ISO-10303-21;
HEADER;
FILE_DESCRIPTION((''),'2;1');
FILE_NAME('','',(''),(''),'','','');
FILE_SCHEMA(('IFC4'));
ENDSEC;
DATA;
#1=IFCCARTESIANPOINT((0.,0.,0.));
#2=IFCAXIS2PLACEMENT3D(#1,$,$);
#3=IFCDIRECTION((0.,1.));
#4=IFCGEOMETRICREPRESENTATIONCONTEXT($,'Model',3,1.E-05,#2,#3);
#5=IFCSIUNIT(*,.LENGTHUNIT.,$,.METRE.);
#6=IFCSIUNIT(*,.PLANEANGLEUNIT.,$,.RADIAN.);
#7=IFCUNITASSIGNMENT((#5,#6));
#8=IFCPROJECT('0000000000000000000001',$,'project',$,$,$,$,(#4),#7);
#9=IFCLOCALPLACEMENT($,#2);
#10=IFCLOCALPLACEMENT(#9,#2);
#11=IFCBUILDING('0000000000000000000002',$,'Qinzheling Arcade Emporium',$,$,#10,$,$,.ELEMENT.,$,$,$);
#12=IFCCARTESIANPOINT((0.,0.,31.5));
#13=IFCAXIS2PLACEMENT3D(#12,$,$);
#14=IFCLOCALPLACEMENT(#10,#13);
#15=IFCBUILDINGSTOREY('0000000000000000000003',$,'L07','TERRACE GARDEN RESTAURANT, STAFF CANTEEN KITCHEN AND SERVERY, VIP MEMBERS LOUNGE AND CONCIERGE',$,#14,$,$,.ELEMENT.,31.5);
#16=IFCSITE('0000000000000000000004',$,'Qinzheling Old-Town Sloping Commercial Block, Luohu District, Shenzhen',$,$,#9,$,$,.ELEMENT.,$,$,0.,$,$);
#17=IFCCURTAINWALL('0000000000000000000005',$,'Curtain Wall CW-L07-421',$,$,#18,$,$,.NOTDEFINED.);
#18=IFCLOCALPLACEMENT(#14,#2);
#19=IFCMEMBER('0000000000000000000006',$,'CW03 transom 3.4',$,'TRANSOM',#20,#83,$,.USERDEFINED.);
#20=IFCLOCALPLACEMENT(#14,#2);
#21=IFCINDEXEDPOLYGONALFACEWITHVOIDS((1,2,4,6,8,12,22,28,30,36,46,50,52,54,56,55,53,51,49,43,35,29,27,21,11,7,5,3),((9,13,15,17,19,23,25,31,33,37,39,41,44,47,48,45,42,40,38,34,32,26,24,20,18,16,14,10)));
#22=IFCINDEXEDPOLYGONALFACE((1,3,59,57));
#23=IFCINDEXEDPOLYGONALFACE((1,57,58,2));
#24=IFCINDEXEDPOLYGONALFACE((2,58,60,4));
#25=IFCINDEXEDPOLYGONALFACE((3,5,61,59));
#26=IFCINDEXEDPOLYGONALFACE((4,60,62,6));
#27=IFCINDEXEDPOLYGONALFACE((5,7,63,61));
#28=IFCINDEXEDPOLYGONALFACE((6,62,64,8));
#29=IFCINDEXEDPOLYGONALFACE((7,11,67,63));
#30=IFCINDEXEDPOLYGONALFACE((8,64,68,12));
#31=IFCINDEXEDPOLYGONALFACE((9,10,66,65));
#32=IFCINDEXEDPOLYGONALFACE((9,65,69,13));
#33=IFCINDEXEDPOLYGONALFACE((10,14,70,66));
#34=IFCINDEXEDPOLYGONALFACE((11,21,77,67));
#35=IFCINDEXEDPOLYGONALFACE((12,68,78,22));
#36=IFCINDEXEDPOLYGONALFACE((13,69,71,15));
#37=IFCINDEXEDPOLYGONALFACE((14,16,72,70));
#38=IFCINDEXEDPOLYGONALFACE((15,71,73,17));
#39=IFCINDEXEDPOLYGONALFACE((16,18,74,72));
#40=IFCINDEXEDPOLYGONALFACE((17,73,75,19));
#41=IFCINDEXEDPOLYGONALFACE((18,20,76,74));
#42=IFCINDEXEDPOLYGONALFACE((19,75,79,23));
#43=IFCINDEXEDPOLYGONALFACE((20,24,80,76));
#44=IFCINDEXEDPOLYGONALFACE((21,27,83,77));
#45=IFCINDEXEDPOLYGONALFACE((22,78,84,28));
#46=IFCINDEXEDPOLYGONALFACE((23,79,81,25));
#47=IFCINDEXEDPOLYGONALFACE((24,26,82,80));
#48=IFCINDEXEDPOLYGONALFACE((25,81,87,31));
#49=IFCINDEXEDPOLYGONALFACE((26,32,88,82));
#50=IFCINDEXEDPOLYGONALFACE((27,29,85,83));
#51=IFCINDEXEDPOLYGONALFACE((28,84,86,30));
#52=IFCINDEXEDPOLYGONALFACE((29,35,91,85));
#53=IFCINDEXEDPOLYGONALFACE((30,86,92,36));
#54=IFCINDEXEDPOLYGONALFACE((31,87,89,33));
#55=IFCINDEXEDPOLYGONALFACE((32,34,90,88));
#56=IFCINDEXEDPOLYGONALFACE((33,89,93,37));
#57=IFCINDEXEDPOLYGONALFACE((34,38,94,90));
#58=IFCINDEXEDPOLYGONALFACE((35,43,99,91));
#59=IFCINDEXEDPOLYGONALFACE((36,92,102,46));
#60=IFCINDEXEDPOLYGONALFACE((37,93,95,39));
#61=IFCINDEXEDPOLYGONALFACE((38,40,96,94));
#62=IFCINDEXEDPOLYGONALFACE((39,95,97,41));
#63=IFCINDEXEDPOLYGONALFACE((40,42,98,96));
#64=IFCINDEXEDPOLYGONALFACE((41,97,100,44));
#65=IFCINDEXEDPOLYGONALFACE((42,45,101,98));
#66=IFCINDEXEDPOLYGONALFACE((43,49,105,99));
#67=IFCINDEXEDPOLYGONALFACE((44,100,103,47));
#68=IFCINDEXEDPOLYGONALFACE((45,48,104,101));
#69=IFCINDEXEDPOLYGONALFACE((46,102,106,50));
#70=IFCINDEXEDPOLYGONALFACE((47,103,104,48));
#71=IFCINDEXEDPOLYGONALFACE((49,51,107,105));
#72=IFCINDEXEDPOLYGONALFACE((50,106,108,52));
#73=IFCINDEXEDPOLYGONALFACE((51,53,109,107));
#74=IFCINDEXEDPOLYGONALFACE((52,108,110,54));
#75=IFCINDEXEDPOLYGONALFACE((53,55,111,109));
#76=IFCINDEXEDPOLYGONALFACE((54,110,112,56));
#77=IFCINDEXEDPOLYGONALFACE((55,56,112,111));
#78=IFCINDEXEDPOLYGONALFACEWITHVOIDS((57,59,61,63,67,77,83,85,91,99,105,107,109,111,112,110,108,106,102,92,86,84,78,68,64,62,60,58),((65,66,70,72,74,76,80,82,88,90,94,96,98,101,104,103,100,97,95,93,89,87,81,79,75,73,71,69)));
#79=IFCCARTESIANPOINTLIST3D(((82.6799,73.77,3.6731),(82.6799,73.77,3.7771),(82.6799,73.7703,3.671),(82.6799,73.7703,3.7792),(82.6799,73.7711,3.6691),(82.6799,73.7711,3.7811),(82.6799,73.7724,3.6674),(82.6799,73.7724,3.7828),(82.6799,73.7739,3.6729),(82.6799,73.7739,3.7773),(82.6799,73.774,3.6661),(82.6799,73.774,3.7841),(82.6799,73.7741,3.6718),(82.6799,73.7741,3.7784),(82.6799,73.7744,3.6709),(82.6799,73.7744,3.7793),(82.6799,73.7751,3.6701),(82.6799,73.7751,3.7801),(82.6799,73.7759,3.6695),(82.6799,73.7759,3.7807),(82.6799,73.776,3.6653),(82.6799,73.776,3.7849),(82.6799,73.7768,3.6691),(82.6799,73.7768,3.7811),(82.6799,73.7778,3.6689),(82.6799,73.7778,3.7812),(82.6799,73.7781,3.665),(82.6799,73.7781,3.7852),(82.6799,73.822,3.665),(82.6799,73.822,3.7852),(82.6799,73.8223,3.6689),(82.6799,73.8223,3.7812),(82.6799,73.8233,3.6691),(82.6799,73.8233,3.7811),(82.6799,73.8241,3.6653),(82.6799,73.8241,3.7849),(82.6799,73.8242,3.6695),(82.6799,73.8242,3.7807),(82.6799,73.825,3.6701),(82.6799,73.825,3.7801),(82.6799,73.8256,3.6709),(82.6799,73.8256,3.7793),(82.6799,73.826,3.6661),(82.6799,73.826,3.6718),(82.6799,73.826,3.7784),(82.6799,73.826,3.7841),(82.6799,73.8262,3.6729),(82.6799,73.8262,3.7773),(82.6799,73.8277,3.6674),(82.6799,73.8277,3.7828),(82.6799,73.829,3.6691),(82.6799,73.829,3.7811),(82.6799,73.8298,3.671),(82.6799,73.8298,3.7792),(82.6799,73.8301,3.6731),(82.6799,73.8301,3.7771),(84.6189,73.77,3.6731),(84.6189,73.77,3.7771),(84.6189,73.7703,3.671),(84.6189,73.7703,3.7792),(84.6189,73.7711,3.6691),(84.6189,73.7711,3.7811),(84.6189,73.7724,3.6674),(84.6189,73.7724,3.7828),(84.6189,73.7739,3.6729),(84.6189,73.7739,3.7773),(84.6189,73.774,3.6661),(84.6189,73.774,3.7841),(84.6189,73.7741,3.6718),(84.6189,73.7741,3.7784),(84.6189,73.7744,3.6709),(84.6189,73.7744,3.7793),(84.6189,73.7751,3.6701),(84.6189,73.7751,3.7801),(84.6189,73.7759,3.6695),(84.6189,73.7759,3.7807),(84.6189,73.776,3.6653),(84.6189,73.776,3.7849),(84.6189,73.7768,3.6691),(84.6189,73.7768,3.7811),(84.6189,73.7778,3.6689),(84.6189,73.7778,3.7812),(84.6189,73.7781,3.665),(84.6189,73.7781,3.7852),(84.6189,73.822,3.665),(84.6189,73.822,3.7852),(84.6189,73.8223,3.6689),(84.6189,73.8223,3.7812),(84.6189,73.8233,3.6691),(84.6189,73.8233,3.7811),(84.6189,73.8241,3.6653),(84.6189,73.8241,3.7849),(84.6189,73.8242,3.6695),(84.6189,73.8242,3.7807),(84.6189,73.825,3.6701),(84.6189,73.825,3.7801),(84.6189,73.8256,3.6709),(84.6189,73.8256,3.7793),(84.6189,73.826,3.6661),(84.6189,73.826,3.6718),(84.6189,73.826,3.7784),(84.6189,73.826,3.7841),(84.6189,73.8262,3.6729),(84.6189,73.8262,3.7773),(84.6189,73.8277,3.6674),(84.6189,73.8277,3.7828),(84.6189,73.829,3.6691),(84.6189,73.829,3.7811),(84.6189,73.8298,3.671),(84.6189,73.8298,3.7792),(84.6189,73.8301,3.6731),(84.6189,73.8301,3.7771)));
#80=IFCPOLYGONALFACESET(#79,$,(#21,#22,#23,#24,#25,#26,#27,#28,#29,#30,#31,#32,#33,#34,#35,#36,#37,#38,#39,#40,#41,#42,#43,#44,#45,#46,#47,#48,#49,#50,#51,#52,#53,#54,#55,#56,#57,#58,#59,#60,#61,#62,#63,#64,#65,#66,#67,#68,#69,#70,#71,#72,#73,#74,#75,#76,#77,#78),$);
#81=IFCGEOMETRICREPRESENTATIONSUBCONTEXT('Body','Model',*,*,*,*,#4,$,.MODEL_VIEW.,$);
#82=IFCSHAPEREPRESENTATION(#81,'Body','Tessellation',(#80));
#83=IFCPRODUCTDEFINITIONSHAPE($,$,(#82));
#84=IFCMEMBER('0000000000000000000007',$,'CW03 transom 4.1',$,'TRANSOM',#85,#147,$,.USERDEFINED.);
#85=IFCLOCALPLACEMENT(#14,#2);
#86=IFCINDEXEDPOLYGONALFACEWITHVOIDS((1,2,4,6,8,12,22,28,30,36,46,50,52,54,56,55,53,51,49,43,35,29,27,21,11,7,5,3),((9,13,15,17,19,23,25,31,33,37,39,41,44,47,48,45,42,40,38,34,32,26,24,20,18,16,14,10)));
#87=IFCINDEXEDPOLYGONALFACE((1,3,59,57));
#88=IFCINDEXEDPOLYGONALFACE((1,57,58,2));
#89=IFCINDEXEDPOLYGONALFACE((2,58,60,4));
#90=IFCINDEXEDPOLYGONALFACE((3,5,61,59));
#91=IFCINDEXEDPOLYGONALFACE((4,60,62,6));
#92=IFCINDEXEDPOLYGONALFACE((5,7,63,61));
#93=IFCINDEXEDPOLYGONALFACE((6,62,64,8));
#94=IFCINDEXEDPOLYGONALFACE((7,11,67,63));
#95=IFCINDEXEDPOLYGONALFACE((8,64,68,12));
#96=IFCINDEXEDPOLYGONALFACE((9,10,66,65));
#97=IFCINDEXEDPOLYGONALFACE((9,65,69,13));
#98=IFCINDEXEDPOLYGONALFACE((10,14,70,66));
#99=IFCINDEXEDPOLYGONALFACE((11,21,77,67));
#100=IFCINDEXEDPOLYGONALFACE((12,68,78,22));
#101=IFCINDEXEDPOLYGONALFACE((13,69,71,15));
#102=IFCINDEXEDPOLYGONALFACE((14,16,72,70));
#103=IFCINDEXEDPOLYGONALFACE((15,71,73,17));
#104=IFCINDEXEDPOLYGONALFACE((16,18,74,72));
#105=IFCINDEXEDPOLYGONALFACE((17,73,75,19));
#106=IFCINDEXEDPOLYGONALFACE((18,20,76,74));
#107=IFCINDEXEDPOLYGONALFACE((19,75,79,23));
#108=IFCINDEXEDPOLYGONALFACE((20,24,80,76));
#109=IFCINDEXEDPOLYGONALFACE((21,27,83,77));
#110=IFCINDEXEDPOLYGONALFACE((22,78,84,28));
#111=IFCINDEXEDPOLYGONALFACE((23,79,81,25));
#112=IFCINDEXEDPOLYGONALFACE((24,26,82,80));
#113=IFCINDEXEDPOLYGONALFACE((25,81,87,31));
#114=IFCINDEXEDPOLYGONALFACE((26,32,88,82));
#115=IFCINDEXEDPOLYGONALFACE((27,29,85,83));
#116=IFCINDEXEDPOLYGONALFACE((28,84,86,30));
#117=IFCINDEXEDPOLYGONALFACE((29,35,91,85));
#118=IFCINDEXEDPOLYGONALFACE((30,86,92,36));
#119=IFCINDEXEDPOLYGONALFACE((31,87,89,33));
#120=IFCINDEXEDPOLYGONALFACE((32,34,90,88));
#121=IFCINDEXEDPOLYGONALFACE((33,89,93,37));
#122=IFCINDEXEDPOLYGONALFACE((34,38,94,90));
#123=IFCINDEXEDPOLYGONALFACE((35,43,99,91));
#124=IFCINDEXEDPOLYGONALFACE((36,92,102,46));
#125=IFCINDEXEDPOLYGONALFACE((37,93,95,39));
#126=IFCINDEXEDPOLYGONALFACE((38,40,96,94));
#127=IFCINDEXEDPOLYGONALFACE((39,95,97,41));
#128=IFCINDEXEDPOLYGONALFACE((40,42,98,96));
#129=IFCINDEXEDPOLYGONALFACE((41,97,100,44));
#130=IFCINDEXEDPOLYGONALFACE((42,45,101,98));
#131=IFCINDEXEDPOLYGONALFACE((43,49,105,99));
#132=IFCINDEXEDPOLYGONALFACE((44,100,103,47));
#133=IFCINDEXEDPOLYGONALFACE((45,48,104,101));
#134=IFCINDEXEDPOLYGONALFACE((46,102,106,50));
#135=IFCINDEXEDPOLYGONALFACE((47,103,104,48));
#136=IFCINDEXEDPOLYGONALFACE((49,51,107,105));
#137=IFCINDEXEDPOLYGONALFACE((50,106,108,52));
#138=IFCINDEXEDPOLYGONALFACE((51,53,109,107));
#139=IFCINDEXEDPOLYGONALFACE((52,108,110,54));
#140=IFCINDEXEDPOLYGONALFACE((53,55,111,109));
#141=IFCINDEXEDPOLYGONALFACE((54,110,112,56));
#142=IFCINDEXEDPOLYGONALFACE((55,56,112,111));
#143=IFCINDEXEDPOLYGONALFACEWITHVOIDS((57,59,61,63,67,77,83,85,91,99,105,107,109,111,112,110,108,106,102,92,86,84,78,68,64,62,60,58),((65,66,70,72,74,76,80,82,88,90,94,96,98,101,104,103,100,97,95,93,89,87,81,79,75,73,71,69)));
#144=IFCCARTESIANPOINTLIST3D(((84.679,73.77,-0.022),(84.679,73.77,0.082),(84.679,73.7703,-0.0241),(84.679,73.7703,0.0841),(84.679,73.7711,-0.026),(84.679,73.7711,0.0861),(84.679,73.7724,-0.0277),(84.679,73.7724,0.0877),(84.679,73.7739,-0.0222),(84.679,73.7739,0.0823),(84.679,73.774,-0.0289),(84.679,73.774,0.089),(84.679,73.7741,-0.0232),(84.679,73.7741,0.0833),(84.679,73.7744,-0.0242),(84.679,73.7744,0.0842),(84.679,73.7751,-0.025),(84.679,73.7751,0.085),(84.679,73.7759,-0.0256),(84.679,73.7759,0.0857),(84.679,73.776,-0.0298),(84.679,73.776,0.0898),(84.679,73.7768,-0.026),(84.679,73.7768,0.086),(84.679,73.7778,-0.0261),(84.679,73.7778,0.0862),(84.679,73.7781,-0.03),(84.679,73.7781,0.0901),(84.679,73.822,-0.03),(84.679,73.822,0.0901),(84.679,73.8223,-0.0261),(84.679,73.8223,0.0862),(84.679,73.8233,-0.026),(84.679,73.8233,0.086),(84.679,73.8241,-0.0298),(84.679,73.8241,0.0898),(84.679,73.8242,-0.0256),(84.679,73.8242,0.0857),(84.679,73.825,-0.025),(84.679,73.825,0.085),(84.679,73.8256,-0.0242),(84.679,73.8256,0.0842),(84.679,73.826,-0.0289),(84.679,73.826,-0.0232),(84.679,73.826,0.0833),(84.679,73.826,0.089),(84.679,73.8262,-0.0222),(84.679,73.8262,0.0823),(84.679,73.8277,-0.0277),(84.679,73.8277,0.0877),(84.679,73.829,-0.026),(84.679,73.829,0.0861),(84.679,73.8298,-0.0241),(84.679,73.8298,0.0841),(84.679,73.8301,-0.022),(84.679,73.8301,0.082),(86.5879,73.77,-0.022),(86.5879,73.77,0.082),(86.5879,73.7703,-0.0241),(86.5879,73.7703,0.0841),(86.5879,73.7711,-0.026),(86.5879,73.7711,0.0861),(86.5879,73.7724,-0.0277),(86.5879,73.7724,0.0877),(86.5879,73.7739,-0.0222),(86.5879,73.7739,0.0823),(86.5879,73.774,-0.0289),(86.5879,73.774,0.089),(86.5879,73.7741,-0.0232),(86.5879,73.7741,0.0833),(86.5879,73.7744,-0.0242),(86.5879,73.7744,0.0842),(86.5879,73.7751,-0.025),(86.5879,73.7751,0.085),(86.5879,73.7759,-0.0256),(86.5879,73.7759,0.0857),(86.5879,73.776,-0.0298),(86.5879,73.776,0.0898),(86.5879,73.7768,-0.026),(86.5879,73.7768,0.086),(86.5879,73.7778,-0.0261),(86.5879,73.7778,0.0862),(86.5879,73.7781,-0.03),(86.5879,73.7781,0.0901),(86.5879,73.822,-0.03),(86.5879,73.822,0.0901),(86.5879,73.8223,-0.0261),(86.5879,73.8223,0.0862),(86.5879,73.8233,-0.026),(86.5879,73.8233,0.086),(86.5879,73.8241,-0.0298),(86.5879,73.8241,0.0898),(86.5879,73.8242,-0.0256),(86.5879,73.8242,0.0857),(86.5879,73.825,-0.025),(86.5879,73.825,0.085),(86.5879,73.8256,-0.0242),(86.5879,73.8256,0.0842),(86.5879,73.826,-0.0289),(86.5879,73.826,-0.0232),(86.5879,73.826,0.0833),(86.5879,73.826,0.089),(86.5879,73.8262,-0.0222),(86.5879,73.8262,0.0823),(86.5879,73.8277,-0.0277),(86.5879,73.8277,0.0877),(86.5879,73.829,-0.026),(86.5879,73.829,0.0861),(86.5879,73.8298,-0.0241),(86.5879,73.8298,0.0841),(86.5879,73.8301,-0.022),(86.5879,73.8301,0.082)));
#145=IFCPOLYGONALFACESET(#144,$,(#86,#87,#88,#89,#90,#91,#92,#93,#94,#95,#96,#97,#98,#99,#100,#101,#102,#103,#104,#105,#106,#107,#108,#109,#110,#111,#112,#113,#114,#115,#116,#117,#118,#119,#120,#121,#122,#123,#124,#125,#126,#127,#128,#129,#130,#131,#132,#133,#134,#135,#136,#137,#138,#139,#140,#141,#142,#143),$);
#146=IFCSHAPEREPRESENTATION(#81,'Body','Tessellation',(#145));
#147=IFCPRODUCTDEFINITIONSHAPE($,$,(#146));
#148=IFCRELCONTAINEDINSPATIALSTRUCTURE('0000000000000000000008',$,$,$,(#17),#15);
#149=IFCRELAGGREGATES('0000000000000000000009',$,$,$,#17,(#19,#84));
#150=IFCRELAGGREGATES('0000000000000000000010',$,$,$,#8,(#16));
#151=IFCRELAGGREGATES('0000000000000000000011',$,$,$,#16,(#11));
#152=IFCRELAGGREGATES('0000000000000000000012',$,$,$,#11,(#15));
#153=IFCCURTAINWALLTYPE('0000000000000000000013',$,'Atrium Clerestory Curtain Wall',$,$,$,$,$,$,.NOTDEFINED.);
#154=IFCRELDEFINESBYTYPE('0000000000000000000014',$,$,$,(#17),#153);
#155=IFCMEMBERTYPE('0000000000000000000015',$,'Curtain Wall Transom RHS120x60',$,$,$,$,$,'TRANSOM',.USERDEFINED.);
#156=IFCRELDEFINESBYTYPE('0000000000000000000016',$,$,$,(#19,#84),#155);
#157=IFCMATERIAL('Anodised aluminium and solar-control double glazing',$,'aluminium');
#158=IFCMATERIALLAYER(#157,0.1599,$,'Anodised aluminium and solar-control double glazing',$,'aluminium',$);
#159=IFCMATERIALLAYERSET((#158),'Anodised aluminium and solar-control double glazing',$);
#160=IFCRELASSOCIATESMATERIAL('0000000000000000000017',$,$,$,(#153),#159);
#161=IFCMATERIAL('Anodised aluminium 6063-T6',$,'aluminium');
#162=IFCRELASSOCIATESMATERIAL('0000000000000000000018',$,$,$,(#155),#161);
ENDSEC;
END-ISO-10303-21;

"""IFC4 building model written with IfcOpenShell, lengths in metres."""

from ifc_helpers import new_model, si_unit, direction, frame, origin, origin_2d, place, context, subcontext, project, spatial, hollow_rectangle, extrude, material, layer, layer_set, material_profile, profile_set, type_object, element, aggregate, save


model = new_model("IFC4")

# Units and contexts
model_context = context("Model", 3, precision=1e-05, world=origin(), true_north=direction((0.0, 1.0)))
body_context = subcontext(model_context, "Body", "Model", "MODEL_VIEW")
ifc_project = project(units=[si_unit("LENGTHUNIT", "METRE"), si_unit("PLANEANGLEUNIT", "RADIAN")], contexts=[model_context])

# Site, building, storey
site_placement = place(None, origin())
site = spatial("IfcSite", under=ifc_project, at=site_placement, Name="Qinzheling Old-Town Sloping Commercial Block, Luohu District, Shenzhen", CompositionType="ELEMENT", RefElevation=0.0)
building_placement = place(site_placement, origin())
building = spatial("IfcBuilding", under=site, at=building_placement, Name="Qinzheling Arcade Emporium", CompositionType="ELEMENT")
storey_placement = place(building_placement, frame((0.0, 0.0, 31.5)))
storey = spatial("IfcBuildingStorey", under=building, at=storey_placement, Name="L07", Description="TERRACE GARDEN RESTAURANT, STAFF CANTEEN KITCHEN AND SERVERY, VIP MEMBERS LOUNGE AND CONCIERGE", CompositionType="ELEMENT", Elevation=31.5)

# Curtain wall, members
ifc_material_1 = material(Name="Anodised aluminium and solar-control double glazing", Category="aluminium")
ifc_layer_1 = layer(ifc_material_1, 0.1599, Name="Anodised aluminium and solar-control double glazing", Category="aluminium")
ifc_layer_set_1 = layer_set([ifc_layer_1], Name="Anodised aluminium and solar-control double glazing")
curtain_wall_type = type_object("IfcCurtainWallType", Name="Atrium Clerestory Curtain Wall", PredefinedType="NOTDEFINED", material=ifc_layer_set_1)
curtain_wall_placement = place(storey_placement, origin())
curtain_wall = element("IfcCurtainWall", 1, at=curtain_wall_placement, inside=storey, type_object=curtain_wall_type, Name="Curtain Wall CW-L07-421", PredefinedType="NOTDEFINED")
ifc_material_2 = material(Name="Anodised aluminium 6063-T6", Category="aluminium")
ifc_material_profile_1 = material_profile(ifc_material_2, hollow_rectangle(XDim=0.0601, YDim=0.1201, WallThickness=0.0039, InnerFilletRadius=0.0039, OuterFilletRadius=0.0081, at=origin_2d()), Name="RHS 120x60x4", Category="aluminium")
ifc_profile_set_1 = profile_set([ifc_material_profile_1], Name="Anodised aluminium 6063-T6")
member_type_1 = type_object("IfcMemberType", Name="Curtain Wall Transom RHS120x60", ElementType="TRANSOM", PredefinedType="USERDEFINED", material=ifc_profile_set_1)
member_1_placement = place(storey_placement, frame((82.6799, 73.8, 3.7251), z_axis=(1.0, 0.0, 0.0), x_axis=(0.0, 1.0, 0.0)))
member_1 = element("IfcMember", 2, at=member_1_placement, type_object=member_type_1, Name="CW03 transom 3.4", ObjectType="TRANSOM", PredefinedType="USERDEFINED", context=body_context, shape_type="SweptSolid", body=[
    extrude(hollow_rectangle(XDim=0.0601, YDim=0.1201, WallThickness=0.0039, InnerFilletRadius=0.0039, OuterFilletRadius=0.0081, at=origin_2d()), origin(), (0.0, 0.0, 1.0), 1.939),
])
member_2_placement = place(storey_placement, frame((84.679, 73.8, 0.03), z_axis=(1.0, 0.0, 0.0), x_axis=(0.0, 1.0, 0.0)))
member_2 = element("IfcMember", 3, at=member_2_placement, type_object=member_type_1, Name="CW03 transom 4.1", ObjectType="TRANSOM", PredefinedType="USERDEFINED", context=body_context, shape_type="SweptSolid", body=[
    extrude(hollow_rectangle(XDim=0.0601, YDim=0.1201, WallThickness=0.0039, InnerFilletRadius=0.0039, OuterFilletRadius=0.0081, at=origin_2d()), origin(), (0.0, 0.0, 1.0), 1.9089),
])
aggregate(curtain_wall, [member_1, member_2])

save(model, "model.ifc")
